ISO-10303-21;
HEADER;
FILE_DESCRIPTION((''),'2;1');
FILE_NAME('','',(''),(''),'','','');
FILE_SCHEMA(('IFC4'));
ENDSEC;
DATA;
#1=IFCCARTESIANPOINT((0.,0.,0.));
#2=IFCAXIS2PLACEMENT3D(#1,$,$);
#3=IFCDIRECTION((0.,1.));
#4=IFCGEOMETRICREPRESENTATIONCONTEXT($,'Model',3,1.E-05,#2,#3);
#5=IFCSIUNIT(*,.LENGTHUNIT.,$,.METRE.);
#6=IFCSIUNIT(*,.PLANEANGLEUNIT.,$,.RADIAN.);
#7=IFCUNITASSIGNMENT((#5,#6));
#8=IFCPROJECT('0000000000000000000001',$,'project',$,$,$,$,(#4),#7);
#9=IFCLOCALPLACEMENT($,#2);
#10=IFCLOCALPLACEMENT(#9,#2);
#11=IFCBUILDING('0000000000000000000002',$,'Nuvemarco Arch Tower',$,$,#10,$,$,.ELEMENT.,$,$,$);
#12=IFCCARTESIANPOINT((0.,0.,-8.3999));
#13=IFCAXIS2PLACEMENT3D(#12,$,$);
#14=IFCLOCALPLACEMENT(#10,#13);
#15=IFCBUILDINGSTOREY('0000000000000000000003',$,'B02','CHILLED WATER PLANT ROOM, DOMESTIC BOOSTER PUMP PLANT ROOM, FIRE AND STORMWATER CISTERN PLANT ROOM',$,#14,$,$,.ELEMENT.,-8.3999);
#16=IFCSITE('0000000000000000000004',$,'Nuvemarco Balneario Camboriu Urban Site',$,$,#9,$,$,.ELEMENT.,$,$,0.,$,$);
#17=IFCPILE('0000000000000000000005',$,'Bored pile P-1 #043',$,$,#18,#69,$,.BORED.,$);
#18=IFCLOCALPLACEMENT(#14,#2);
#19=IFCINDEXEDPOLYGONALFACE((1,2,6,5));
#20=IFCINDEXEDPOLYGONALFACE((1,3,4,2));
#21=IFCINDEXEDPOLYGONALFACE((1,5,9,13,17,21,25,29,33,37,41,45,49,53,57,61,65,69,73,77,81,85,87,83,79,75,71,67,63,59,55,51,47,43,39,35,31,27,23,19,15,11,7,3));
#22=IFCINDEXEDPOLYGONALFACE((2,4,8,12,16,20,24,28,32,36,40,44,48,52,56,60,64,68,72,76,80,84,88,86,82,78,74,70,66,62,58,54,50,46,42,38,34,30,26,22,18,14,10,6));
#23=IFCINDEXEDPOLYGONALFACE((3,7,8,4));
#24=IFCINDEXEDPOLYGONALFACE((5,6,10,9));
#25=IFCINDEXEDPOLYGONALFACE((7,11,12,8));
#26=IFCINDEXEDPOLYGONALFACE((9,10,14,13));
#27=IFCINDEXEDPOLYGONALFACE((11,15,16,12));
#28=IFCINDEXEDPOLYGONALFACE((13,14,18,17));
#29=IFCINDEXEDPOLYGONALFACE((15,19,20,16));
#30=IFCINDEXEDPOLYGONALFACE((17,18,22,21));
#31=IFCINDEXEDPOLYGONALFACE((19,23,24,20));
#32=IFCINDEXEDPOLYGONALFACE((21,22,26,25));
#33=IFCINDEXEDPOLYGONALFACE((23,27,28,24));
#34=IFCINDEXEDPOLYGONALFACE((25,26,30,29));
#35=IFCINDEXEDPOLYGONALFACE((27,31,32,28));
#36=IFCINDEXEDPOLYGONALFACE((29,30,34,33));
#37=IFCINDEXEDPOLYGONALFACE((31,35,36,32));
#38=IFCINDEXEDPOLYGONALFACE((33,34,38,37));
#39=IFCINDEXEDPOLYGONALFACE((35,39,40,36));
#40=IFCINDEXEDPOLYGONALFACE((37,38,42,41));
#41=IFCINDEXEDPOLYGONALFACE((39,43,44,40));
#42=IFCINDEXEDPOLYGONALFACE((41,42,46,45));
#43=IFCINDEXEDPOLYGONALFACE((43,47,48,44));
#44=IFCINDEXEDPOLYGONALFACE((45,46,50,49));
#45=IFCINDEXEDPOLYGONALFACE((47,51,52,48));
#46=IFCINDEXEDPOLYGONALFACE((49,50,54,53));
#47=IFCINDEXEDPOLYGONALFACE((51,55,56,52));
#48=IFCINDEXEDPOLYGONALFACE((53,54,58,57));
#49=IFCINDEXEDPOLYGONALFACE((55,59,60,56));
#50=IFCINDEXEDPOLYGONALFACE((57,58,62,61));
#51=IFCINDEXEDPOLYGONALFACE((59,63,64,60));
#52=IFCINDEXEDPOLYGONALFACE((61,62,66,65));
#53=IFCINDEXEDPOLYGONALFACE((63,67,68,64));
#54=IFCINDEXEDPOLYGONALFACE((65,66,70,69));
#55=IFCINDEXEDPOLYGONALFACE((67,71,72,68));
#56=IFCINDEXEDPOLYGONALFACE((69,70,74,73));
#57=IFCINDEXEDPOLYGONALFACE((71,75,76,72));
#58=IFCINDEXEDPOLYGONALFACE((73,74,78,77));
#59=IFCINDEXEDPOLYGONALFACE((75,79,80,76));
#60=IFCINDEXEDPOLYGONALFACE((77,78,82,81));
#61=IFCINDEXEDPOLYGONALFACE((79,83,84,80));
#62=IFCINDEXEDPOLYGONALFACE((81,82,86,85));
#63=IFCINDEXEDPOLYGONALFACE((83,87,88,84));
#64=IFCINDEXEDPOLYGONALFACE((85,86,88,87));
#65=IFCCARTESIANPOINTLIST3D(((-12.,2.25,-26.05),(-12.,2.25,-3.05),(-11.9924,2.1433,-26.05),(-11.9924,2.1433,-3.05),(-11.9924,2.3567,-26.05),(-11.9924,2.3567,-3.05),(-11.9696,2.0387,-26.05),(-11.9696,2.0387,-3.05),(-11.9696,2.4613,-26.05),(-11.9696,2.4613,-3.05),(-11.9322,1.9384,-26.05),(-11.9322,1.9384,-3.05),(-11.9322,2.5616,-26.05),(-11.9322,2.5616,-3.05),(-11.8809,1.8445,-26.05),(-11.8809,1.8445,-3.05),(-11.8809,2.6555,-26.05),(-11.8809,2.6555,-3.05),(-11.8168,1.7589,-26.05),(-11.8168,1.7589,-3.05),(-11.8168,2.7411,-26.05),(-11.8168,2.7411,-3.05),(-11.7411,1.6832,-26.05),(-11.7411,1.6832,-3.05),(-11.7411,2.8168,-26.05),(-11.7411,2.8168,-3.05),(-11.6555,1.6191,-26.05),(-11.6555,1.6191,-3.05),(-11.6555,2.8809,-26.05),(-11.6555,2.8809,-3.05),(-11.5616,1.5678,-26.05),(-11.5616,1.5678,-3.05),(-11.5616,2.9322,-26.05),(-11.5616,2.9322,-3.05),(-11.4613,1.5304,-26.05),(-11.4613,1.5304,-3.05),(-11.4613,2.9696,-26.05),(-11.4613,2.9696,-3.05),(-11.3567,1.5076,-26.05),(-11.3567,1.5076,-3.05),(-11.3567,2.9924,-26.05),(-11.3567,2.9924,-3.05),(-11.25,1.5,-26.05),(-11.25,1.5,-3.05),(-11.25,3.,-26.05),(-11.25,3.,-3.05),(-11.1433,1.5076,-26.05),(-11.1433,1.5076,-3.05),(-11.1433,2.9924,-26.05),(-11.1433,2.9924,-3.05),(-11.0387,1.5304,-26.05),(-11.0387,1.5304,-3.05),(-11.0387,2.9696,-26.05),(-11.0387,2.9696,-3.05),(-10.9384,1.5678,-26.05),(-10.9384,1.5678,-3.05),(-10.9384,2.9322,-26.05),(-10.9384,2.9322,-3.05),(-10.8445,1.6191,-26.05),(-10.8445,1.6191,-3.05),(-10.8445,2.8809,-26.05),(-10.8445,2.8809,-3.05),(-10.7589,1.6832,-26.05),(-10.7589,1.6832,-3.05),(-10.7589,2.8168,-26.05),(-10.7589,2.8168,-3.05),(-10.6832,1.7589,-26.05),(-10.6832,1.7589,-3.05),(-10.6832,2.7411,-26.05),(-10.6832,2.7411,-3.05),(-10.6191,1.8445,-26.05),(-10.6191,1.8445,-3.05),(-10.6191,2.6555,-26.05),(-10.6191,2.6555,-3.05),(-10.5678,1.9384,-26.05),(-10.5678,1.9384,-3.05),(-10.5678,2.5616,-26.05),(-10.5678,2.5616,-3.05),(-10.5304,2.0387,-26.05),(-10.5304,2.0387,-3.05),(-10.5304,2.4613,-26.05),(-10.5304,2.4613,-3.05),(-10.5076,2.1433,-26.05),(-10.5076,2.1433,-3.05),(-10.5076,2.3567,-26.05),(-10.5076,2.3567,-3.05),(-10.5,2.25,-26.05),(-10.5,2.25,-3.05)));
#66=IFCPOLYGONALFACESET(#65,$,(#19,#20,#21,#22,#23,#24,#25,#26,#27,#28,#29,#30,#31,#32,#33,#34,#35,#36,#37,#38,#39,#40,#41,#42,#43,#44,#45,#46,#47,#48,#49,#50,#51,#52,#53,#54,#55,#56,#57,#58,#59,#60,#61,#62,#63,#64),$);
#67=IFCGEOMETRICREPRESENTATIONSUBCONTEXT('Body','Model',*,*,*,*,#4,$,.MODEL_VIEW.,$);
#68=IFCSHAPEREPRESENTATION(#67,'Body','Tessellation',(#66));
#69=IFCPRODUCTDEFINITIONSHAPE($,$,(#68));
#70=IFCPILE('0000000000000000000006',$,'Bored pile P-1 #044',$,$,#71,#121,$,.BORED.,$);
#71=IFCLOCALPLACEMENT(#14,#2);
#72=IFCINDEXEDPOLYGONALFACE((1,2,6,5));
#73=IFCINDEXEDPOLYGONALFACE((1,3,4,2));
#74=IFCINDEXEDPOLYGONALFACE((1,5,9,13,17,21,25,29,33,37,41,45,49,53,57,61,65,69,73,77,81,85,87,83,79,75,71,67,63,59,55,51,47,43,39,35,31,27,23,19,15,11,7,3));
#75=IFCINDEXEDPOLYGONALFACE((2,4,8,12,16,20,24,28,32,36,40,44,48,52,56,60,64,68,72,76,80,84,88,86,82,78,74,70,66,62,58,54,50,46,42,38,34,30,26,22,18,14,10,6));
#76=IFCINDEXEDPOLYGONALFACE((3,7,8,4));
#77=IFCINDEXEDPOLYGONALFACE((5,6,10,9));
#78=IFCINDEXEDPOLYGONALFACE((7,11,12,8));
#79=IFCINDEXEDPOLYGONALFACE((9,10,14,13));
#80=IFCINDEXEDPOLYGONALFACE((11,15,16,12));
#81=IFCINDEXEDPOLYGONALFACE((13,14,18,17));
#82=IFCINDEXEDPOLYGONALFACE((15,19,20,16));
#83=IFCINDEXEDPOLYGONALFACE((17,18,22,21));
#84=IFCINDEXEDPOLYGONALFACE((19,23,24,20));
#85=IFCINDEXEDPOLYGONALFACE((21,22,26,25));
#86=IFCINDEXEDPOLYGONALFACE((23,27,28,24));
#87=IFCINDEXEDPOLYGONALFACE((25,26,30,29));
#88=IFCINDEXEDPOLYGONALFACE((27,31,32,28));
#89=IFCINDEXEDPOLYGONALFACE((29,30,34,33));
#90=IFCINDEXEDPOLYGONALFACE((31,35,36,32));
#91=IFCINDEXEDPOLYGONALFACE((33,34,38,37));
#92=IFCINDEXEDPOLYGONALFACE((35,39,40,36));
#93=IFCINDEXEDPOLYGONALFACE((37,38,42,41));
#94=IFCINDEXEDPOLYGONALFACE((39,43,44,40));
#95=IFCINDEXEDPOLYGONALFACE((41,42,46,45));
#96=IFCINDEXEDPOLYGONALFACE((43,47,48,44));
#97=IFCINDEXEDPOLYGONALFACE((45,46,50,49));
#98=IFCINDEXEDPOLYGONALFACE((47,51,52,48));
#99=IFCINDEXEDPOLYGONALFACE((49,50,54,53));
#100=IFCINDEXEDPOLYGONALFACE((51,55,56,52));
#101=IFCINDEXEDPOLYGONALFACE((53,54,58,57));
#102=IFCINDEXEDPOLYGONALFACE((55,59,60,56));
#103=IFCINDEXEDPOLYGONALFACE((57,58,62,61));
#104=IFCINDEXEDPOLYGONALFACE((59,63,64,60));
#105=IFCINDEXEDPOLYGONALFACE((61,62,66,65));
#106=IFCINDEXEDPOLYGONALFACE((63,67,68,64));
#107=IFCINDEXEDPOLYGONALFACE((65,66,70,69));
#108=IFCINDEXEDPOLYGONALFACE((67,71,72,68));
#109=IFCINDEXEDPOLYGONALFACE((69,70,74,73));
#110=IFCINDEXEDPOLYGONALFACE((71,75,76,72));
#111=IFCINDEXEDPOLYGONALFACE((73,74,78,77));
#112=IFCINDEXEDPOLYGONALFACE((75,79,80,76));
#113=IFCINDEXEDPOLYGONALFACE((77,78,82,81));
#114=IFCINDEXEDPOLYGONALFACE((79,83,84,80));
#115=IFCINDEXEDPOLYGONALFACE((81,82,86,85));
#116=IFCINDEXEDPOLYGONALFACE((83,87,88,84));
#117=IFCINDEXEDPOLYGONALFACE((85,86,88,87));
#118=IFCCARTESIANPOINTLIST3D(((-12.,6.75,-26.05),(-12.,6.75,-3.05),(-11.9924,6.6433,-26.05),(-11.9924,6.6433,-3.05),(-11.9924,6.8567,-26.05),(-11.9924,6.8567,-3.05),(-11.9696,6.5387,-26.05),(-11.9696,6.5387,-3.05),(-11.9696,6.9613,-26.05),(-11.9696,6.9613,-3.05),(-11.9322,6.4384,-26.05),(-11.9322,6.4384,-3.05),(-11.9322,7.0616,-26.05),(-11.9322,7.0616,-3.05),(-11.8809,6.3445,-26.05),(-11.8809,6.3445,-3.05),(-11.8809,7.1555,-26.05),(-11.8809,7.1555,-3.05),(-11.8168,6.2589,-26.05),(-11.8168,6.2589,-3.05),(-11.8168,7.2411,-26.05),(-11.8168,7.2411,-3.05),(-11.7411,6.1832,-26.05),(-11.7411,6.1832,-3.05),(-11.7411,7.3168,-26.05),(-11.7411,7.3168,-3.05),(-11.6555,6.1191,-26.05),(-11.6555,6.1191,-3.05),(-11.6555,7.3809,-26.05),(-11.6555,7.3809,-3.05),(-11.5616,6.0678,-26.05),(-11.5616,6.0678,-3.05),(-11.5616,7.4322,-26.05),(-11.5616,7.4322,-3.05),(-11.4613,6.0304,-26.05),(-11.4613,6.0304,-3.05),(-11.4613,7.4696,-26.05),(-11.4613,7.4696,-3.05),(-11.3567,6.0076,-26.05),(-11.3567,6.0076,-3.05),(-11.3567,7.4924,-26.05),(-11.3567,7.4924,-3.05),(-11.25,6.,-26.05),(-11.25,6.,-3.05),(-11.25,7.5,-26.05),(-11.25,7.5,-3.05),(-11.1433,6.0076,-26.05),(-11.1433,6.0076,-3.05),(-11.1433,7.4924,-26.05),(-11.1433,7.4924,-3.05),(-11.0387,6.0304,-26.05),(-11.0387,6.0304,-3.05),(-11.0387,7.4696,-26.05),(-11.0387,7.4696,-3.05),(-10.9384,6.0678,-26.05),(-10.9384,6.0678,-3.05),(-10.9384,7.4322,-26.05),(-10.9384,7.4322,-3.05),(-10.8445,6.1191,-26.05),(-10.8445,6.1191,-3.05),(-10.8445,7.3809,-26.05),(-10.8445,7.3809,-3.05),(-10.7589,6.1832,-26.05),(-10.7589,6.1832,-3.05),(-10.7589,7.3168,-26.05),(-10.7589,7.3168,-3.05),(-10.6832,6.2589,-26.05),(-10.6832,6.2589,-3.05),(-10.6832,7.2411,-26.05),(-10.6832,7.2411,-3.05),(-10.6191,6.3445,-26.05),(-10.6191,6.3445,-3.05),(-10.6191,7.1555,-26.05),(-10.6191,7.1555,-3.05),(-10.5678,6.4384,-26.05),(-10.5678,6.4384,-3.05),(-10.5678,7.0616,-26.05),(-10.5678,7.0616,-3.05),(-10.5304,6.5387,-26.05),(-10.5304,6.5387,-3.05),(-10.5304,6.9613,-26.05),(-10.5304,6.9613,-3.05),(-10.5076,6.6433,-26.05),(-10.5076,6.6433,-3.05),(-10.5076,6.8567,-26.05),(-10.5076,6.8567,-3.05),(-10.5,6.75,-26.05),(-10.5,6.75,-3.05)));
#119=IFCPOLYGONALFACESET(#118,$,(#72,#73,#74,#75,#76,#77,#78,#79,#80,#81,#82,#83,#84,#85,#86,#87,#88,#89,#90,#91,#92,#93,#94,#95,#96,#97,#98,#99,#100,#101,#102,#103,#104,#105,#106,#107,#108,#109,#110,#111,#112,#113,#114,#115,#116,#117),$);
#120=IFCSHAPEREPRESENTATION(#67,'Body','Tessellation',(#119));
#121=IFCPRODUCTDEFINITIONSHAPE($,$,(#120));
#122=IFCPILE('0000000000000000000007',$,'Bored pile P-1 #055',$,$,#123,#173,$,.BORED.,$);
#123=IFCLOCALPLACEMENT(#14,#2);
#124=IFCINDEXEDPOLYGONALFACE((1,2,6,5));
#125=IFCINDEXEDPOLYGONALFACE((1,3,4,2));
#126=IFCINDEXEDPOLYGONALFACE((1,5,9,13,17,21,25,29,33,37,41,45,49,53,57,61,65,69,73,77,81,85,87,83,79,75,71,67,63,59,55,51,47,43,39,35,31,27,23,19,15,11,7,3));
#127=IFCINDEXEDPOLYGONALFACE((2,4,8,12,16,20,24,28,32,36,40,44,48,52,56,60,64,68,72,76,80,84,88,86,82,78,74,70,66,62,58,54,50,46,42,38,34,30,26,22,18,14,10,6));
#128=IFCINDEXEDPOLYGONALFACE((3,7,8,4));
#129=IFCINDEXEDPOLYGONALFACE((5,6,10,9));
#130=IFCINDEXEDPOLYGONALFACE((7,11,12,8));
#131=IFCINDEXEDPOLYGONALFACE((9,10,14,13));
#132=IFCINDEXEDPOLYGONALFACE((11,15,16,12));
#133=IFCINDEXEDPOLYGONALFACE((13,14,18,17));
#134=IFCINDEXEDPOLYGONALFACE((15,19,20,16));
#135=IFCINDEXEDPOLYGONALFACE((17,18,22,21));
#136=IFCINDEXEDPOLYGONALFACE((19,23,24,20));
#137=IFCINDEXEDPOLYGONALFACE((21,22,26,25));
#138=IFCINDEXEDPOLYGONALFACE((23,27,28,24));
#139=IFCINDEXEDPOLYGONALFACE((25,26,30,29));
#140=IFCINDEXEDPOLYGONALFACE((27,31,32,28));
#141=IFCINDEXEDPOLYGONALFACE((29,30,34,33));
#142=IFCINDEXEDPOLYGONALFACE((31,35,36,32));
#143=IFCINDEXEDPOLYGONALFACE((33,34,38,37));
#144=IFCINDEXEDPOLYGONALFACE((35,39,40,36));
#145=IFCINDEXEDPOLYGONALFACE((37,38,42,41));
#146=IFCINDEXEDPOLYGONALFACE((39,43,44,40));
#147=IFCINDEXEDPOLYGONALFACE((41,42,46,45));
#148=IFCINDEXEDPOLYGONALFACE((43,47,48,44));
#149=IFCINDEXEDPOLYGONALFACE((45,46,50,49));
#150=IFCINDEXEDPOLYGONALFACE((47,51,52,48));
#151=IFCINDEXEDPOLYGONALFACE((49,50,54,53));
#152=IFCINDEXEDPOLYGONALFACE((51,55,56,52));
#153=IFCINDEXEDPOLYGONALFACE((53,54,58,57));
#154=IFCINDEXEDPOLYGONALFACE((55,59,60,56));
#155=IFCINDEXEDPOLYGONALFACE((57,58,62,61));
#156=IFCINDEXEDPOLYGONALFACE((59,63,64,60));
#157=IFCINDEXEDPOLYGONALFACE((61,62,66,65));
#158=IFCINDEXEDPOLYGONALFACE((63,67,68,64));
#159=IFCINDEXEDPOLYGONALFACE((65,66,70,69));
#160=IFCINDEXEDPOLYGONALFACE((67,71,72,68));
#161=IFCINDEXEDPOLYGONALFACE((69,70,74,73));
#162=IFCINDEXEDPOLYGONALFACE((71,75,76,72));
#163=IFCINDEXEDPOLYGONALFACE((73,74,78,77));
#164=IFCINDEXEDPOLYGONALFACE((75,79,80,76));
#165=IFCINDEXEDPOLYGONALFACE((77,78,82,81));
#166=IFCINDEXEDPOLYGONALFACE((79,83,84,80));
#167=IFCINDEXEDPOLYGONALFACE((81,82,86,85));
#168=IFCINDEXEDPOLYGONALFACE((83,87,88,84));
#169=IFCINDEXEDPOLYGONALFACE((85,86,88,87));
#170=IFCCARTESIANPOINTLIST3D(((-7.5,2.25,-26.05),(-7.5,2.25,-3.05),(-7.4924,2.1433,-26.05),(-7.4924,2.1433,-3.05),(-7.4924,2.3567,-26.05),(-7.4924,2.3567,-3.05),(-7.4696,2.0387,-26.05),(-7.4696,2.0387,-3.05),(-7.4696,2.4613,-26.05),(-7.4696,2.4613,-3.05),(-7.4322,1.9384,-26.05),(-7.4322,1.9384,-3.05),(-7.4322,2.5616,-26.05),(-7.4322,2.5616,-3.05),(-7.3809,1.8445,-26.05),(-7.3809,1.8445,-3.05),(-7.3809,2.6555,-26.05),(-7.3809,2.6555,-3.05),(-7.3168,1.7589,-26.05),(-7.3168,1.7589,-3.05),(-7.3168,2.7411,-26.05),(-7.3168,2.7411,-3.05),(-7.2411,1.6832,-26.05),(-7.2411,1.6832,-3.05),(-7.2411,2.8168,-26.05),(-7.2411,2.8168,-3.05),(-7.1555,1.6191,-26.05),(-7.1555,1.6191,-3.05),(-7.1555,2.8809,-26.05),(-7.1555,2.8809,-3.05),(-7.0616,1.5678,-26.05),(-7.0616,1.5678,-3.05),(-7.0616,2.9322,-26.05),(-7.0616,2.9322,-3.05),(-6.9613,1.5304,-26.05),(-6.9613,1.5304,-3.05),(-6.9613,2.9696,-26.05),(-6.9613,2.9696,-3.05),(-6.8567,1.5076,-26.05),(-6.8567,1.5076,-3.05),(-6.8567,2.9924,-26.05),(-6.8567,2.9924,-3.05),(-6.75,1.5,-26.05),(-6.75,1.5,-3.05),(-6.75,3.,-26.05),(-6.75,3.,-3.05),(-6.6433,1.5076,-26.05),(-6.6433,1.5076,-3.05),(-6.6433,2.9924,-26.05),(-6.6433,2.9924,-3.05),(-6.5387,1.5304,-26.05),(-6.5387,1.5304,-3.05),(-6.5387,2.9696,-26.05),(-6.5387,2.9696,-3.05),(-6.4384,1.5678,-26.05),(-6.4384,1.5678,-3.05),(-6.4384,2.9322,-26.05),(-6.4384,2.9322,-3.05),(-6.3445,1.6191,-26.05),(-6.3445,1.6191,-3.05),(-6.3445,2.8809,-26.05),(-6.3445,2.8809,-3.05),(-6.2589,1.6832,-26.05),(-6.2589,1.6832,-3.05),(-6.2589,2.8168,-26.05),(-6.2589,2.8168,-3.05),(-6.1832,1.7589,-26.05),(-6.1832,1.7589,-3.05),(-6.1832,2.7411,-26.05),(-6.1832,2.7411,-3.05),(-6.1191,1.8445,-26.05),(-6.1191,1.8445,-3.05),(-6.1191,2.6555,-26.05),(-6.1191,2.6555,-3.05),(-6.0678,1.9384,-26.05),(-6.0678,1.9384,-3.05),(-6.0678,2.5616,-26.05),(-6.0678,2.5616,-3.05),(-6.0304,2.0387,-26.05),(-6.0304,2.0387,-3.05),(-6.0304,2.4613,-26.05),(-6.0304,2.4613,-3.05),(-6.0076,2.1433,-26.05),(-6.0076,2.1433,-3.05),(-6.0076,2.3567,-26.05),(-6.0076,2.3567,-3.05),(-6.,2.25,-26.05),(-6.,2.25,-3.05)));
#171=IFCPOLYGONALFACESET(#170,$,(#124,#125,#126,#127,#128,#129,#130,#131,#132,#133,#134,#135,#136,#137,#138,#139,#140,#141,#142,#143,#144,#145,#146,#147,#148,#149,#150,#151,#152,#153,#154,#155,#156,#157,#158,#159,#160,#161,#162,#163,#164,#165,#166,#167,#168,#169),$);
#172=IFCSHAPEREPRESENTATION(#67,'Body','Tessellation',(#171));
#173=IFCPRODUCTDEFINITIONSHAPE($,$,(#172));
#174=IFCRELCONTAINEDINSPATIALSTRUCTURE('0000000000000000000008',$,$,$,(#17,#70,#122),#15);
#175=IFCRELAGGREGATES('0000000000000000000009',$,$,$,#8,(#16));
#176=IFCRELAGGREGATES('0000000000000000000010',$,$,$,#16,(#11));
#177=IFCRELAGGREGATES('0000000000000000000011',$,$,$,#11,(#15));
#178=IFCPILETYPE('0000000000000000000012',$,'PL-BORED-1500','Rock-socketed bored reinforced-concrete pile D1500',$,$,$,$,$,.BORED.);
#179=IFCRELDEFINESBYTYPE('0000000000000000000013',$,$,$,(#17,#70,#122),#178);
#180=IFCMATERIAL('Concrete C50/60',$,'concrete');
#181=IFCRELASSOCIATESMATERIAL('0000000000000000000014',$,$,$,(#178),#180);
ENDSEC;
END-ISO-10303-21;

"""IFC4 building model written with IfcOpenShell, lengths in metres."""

from ifc_helpers import new_model, si_unit, direction, frame, origin, origin_2d, place, context, subcontext, project, spatial, circle, extrude, material, material_profile, profile_set, type_object, element, save


model = new_model("IFC4")

# Units and contexts
model_context = context("Model", 3, precision=1e-05, world=origin(), true_north=direction((0.0, 1.0)))
body_context = subcontext(model_context, "Body", "Model", "MODEL_VIEW")
ifc_project = project(units=[si_unit("LENGTHUNIT", "METRE"), si_unit("PLANEANGLEUNIT", "RADIAN")], contexts=[model_context])

# Site, building, storey
site_placement = place(None, origin())
site = spatial("IfcSite", under=ifc_project, at=site_placement, Name="Nuvemarco Balneario Camboriu Urban Site", CompositionType="ELEMENT", RefElevation=0.0)
building_placement = place(site_placement, origin())
building = spatial("IfcBuilding", under=site, at=building_placement, Name="Nuvemarco Arch Tower", CompositionType="ELEMENT")
storey_placement = place(building_placement, frame((0.0, 0.0, -8.3999)))
storey = spatial("IfcBuildingStorey", under=building, at=storey_placement, Name="B02", Description="CHILLED WATER PLANT ROOM, DOMESTIC BOOSTER PUMP PLANT ROOM, FIRE AND STORMWATER CISTERN PLANT ROOM", CompositionType="ELEMENT", Elevation=-8.3999)

# Piles
ifc_material_1 = material(Name="Concrete C50/60", Category="concrete")
ifc_material_profile_1 = material_profile(ifc_material_1, circle(Radius=0.75, at=origin_2d()), Name="PILE-D1500")
ifc_profile_set_1 = profile_set([ifc_material_profile_1], Name="Concrete C50/60")
pile_type = type_object("IfcPileType", Name="PL-BORED-1500", Description="Rock-socketed bored reinforced-concrete pile D1500", PredefinedType="BORED", material=ifc_profile_set_1)
for number, where, z_axis, x_axis, name in (
    (1, (-11.25, 2.25, -3.05), (0.0, 0.0, -1.0), (1.0, 0.0, 0.0), "Bored pile P-1 #043"),
    (2, (-11.25, 6.75, -3.05), (0.0, 0.0, -1.0), (1.0, 0.0, 0.0), "Bored pile P-1 #044"),
    (3, (-6.75, 2.25, -3.05), (0.0, 0.0, -1.0), (1.0, 0.0, 0.0), "Bored pile P-1 #055"),
):
    element("IfcPile", number, at=place(storey_placement, frame(where, z_axis=z_axis, x_axis=x_axis)), inside=storey, type_object=pile_type, Name=name, PredefinedType="BORED", context=body_context, shape_type="SweptSolid", body=[
        extrude(circle(Radius=0.75, at=origin_2d()), origin(), (0.0, 0.0, 1.0), 23.0),
    ])

save(model, "model.ifc")
